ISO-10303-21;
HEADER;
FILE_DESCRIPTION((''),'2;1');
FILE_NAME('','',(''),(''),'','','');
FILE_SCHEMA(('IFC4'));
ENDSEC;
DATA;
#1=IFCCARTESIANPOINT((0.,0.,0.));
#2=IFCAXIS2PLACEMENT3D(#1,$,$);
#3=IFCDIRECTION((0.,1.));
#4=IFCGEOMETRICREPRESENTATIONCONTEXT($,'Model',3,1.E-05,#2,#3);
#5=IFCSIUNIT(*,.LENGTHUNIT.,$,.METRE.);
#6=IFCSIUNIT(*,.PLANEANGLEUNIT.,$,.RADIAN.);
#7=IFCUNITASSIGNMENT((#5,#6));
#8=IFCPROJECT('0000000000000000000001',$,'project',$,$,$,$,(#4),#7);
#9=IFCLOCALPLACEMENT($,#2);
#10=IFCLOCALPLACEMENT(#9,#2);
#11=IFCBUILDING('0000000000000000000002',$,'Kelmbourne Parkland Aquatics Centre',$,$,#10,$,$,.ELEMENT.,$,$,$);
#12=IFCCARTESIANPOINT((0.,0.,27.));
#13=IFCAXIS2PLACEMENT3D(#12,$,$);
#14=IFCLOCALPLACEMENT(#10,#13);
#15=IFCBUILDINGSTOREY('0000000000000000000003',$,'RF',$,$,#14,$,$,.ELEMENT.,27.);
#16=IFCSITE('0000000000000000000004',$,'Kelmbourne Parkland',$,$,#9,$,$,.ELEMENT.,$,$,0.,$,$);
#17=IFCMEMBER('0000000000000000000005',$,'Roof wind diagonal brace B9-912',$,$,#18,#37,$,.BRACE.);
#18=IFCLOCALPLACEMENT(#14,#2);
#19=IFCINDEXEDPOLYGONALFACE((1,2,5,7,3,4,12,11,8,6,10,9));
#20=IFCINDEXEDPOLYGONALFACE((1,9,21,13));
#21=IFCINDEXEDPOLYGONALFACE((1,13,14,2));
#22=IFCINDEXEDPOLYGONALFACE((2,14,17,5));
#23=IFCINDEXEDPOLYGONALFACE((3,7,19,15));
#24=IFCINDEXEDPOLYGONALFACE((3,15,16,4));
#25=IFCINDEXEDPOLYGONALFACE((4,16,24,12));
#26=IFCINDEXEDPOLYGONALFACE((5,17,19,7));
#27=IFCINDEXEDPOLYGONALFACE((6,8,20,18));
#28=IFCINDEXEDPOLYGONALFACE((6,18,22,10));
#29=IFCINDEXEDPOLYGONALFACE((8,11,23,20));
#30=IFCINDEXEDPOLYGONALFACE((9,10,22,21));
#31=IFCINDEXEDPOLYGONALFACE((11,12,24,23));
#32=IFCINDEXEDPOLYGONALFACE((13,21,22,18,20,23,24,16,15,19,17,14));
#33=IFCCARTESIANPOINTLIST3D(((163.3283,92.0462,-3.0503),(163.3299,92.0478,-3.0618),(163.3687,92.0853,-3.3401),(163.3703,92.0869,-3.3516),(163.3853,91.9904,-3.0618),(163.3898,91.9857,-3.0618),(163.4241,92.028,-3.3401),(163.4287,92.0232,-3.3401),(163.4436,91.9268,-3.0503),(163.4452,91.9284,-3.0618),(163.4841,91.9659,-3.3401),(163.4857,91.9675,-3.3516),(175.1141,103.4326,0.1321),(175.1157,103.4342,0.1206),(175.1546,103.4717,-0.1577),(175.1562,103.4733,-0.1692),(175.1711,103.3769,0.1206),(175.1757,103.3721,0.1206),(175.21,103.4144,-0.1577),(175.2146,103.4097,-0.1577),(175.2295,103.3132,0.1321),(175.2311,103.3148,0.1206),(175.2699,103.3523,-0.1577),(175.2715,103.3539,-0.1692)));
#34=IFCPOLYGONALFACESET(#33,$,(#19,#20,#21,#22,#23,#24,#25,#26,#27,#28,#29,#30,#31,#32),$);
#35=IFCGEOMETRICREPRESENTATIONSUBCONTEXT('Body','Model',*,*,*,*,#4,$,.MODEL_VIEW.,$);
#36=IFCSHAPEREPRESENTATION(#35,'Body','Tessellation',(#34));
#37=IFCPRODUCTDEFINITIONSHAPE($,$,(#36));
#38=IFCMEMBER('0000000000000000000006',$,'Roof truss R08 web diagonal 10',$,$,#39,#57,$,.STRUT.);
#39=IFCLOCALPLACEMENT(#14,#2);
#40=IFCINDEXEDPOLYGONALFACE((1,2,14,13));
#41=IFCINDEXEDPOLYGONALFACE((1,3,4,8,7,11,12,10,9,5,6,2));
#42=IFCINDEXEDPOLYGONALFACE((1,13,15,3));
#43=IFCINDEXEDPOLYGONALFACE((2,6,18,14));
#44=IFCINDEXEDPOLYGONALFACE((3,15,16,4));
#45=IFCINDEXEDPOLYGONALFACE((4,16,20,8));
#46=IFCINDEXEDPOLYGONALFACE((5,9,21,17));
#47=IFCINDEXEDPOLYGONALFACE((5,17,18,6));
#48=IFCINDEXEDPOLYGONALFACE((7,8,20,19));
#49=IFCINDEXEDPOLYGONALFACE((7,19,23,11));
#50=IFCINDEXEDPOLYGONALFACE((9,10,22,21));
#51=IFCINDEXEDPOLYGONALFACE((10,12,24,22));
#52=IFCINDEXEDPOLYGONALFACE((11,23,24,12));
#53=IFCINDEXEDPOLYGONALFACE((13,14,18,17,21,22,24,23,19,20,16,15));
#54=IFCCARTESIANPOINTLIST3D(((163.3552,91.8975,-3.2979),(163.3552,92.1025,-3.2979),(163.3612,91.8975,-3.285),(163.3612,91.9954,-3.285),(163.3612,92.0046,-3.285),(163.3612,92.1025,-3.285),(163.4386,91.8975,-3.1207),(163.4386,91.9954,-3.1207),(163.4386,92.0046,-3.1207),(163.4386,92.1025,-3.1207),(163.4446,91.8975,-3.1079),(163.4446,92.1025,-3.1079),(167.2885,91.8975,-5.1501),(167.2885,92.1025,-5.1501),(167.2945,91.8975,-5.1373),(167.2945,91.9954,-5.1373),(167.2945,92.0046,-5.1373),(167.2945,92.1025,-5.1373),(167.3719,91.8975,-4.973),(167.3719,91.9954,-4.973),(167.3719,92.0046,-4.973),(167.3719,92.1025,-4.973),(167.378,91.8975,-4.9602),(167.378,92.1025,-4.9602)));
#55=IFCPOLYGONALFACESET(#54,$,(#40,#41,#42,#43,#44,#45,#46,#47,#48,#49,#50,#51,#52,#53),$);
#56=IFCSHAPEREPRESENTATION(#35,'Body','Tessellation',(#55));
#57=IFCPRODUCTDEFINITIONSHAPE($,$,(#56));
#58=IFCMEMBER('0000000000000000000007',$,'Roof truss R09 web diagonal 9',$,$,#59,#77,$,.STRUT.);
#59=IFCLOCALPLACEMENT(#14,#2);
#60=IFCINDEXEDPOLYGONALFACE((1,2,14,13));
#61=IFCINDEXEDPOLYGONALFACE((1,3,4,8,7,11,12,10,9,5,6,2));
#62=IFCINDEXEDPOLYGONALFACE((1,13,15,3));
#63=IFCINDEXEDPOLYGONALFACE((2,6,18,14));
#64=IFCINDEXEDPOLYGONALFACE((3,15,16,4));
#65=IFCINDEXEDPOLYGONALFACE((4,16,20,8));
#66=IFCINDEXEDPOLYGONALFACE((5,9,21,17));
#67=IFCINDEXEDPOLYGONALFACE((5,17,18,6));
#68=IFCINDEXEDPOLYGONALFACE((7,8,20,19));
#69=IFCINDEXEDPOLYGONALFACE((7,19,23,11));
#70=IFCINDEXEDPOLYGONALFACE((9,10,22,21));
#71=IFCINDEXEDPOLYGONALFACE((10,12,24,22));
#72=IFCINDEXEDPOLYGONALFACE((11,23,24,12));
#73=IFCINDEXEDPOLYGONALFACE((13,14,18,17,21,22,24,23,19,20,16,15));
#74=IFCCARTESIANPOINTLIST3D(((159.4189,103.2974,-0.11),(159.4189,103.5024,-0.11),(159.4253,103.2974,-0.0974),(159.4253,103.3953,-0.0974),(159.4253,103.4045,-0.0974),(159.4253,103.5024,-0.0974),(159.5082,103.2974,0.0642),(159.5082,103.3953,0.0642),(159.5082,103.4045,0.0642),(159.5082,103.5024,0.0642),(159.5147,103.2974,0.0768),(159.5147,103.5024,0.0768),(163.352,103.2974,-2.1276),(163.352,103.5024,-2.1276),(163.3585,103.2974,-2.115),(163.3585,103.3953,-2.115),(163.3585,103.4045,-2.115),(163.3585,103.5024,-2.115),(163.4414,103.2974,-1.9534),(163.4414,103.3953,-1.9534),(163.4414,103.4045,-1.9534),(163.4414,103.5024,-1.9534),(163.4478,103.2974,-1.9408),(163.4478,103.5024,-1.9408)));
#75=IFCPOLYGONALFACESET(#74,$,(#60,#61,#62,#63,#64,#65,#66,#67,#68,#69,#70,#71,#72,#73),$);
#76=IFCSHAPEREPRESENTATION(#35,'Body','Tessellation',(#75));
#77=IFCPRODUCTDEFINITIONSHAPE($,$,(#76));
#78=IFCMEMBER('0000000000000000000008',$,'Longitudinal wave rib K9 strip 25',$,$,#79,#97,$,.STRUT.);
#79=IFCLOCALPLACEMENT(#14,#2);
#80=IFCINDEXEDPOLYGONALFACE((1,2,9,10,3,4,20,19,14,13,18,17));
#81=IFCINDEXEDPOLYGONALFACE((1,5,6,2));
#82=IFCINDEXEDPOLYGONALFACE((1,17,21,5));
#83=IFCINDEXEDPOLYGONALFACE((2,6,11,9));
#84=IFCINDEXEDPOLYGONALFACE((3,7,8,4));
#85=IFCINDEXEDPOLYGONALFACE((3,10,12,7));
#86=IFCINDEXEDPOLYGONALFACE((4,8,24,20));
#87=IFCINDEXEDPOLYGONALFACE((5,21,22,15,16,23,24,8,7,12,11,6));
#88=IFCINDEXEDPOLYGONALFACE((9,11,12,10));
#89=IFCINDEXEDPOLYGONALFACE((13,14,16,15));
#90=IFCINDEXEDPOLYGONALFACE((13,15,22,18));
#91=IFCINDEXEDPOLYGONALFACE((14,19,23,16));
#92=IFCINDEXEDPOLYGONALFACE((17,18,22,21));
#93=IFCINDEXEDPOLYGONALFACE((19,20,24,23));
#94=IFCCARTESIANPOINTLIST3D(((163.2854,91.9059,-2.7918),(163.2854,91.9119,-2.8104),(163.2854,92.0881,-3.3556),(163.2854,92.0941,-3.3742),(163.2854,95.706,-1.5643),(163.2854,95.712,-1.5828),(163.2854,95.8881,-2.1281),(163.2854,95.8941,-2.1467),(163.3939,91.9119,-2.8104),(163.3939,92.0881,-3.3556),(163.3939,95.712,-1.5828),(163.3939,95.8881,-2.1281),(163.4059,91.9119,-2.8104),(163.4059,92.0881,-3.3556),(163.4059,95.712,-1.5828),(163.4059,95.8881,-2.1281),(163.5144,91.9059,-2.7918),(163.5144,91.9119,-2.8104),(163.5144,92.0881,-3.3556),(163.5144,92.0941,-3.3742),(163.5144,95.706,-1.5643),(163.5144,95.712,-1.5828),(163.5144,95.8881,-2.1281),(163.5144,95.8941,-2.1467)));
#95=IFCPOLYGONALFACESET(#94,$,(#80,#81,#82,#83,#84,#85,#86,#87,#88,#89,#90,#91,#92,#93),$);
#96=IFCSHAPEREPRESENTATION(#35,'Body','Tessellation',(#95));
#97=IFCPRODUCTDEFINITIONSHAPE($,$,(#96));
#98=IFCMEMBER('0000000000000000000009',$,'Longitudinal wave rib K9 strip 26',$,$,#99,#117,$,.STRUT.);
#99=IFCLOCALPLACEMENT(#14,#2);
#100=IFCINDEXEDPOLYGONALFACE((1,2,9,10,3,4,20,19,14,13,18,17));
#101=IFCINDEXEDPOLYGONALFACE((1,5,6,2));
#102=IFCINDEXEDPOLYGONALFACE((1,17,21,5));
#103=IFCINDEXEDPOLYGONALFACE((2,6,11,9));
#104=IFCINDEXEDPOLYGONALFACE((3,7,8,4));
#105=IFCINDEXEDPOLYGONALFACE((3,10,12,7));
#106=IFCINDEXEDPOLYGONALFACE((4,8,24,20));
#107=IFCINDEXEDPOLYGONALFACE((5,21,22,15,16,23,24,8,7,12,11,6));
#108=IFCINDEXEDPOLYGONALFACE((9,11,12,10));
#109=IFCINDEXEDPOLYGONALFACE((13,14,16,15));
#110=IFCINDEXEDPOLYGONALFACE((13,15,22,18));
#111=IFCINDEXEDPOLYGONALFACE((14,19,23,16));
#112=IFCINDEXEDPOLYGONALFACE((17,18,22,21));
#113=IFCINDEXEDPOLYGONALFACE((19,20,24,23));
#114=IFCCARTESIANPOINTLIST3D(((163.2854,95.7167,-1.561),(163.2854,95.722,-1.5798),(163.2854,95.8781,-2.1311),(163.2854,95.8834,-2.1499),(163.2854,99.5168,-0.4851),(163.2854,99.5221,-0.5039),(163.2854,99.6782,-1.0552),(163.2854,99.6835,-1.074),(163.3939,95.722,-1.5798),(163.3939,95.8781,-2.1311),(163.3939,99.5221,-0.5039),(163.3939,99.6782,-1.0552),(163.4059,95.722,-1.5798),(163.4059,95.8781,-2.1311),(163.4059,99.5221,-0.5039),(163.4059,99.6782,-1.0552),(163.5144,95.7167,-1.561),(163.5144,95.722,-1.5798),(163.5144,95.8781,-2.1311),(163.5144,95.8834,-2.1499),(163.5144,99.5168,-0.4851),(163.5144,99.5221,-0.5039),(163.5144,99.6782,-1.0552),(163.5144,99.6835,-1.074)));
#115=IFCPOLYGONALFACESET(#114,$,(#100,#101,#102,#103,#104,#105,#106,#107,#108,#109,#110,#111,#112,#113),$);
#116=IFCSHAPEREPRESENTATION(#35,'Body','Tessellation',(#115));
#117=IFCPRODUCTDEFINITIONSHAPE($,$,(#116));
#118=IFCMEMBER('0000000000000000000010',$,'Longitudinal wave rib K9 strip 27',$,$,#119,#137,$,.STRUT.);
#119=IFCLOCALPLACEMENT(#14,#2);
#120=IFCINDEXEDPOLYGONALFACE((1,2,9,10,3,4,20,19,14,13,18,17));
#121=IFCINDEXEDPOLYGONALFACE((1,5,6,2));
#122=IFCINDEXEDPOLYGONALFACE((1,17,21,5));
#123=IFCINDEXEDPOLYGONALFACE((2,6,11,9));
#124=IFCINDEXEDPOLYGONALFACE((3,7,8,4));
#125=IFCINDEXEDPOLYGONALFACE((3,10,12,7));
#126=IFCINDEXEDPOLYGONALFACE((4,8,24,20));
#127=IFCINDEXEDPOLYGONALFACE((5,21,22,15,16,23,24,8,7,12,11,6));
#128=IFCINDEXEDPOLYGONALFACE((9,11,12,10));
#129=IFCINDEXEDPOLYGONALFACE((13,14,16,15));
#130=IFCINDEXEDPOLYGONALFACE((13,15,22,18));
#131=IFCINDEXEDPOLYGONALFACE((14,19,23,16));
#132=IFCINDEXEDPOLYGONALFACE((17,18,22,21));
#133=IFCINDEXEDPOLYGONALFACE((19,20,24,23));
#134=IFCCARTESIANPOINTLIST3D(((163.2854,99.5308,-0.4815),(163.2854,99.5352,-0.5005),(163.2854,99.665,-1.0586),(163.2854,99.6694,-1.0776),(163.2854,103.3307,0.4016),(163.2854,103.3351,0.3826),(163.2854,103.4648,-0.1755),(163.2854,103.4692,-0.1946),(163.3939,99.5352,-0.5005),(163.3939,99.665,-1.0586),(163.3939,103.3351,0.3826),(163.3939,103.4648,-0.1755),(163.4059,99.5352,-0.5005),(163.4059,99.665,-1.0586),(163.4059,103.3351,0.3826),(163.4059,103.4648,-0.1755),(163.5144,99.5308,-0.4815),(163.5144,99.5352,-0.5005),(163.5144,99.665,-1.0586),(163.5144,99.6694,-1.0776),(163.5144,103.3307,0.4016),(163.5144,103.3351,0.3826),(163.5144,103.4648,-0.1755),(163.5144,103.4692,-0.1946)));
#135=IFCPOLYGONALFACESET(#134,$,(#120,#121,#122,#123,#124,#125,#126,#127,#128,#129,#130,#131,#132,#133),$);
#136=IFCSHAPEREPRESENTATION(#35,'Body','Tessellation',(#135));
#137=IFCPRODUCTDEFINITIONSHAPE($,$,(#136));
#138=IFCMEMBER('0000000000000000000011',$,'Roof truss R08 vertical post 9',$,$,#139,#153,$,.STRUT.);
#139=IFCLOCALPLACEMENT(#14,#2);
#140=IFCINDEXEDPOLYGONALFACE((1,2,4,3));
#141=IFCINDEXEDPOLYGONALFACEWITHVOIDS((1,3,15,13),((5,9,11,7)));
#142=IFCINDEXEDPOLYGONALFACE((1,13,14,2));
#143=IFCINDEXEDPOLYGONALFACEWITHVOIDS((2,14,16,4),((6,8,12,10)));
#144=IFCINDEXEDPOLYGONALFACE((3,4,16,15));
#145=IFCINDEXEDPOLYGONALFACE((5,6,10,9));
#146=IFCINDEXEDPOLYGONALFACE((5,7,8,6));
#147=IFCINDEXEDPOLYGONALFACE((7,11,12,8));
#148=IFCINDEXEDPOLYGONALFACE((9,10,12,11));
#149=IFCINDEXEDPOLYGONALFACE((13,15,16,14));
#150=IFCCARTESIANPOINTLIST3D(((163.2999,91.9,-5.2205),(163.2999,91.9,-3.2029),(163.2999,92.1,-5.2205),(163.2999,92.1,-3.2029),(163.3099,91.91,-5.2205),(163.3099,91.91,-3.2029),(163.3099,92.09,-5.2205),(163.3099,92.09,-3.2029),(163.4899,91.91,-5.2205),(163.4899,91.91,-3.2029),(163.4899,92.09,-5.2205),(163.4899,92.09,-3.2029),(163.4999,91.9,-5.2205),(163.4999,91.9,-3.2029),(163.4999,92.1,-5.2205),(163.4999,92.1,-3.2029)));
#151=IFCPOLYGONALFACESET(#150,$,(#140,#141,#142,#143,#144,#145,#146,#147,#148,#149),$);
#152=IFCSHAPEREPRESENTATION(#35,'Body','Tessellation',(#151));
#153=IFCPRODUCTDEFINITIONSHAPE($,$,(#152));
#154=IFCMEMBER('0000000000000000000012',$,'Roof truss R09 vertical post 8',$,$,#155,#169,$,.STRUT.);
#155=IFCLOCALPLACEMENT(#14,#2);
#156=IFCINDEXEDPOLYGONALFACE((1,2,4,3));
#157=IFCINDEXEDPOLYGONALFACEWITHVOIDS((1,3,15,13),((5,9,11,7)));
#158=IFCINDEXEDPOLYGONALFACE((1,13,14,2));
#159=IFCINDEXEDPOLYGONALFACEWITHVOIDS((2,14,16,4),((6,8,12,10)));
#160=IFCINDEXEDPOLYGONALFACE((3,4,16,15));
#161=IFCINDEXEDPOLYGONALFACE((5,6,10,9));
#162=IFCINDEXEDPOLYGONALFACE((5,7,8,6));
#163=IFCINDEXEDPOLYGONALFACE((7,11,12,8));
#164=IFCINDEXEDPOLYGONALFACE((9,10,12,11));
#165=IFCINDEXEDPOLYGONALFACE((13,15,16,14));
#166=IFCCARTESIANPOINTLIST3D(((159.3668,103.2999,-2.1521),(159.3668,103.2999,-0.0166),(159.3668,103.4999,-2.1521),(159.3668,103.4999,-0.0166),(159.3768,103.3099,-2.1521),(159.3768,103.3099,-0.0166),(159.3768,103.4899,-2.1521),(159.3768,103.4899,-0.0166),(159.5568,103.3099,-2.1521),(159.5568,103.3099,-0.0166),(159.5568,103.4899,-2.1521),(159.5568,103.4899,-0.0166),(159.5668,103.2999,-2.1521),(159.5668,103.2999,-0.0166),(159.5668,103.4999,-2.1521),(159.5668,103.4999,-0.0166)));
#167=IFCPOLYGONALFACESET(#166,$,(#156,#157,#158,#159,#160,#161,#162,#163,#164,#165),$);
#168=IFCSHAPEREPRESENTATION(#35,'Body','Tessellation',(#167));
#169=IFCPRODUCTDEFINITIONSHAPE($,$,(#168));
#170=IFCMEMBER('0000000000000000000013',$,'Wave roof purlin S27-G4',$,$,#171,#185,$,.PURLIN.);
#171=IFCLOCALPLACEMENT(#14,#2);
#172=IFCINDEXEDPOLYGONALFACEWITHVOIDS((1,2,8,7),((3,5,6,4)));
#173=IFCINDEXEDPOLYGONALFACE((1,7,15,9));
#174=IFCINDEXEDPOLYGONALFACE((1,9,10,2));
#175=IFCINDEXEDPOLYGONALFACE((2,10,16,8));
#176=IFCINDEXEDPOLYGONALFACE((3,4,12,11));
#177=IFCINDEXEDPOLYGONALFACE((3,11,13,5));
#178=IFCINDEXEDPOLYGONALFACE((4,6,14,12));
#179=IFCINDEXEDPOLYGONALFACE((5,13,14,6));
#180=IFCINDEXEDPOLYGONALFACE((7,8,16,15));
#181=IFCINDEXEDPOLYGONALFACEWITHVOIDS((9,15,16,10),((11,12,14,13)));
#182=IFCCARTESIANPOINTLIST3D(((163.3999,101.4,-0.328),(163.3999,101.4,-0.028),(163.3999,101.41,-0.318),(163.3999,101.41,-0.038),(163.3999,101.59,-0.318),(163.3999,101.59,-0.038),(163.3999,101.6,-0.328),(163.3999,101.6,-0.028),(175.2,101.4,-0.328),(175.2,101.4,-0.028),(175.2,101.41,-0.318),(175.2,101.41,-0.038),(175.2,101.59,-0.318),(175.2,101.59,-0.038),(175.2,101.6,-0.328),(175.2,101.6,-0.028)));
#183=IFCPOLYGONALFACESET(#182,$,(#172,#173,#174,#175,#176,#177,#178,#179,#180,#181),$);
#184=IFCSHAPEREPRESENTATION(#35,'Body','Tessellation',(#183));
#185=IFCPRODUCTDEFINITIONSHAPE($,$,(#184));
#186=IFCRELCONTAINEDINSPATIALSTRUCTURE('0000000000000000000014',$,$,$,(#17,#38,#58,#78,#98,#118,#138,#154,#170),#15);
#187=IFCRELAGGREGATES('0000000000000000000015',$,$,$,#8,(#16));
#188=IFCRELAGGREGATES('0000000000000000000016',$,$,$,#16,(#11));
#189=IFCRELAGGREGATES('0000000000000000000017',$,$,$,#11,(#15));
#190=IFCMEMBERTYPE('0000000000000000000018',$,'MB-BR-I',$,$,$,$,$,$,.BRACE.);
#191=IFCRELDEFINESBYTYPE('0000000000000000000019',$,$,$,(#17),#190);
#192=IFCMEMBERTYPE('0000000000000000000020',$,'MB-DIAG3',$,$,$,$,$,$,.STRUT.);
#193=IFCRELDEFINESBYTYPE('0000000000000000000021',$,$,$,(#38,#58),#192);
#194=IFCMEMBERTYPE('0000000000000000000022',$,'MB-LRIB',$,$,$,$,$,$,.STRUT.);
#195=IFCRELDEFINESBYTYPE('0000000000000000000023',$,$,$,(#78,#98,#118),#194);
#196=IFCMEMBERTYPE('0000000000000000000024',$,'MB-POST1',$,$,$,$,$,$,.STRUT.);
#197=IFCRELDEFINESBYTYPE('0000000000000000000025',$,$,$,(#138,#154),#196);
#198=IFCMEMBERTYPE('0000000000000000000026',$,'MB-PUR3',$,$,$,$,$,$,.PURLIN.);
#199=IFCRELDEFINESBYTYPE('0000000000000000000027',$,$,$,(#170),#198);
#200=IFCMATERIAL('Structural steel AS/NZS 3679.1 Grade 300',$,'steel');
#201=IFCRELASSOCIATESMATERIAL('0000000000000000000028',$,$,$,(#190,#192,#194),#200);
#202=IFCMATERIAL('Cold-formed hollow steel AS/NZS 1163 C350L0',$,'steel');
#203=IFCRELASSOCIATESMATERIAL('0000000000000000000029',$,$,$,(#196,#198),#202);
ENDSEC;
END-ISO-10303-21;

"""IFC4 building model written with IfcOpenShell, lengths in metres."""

from ifc_helpers import new_model, si_unit, direction, frame, origin, origin_2d, place, context, subcontext, project, spatial, hollow_rectangle, i_section, extrude, material, material_profile, profile_set, type_object, element, save


model = new_model("IFC4")

# Units and contexts
model_context = context("Model", 3, precision=1e-05, world=origin(), true_north=direction((0.0, 1.0)))
body_context = subcontext(model_context, "Body", "Model", "MODEL_VIEW")
ifc_project = project(units=[si_unit("LENGTHUNIT", "METRE"), si_unit("PLANEANGLEUNIT", "RADIAN")], contexts=[model_context])

# Site, building, storey
site_placement = place(None, origin())
site = spatial("IfcSite", under=ifc_project, at=site_placement, Name="Kelmbourne Parkland", CompositionType="ELEMENT", RefElevation=0.0)
building_placement = place(site_placement, origin())
building = spatial("IfcBuilding", under=site, at=building_placement, Name="Kelmbourne Parkland Aquatics Centre", CompositionType="ELEMENT")
storey_placement = place(building_placement, frame((0.0, 0.0, 27.0)))
storey = spatial("IfcBuildingStorey", under=building, at=storey_placement, Name="RF", CompositionType="ELEMENT", Elevation=27.0)

# Members
ifc_material_1 = material(Name="Structural steel AS/NZS 3679.1 Grade 300", Category="steel")
ifc_material_profile_1 = material_profile(ifc_material_1, i_section(OverallWidth=0.166, OverallDepth=0.3069, WebThickness=0.0066, FlangeThickness=0.0117, at=origin_2d()), Name="310UB46.2")
ifc_profile_set_1 = profile_set([ifc_material_profile_1], Name="Structural steel AS/NZS 3679.1 Grade 300")
member_type_1 = type_object("IfcMemberType", Name="MB-BR-I", PredefinedType="BRACE", material=ifc_profile_set_1)
member_1_placement = place(storey_placement, frame((163.407, 92.0068, -3.2009), z_axis=(0.705999, 0.682074, 0.190631), x_axis=(-0.694815, 0.719188, 0.0)))
element("IfcMember", 1, at=member_1_placement, inside=storey, type_object=member_type_1, Name="Roof wind diagonal brace B9-912", PredefinedType="BRACE", context=body_context, shape_type="SweptSolid", body=[
    extrude(i_section(OverallWidth=0.166, OverallDepth=0.3069, WebThickness=0.0066, FlangeThickness=0.0117, at=origin_2d()), origin(), (0.0, 0.0, 1.0), 16.6938),
])
ifc_material_profile_2 = material_profile(ifc_material_1, i_section(OverallWidth=0.2051, OverallDepth=0.21, WebThickness=0.0093, FlangeThickness=0.0142, at=origin_2d()), Name="200UC59.5")
ifc_profile_set_2 = profile_set([ifc_material_profile_2], Name="Structural steel AS/NZS 3679.1 Grade 300")
member_type_2 = type_object("IfcMemberType", Name="MB-DIAG3", PredefinedType="STRUT", material=ifc_profile_set_2)
member_2_placement = place(storey_placement, frame((163.3999, 92.0, -3.2029), z_axis=(0.904703, 0.0, -0.426043), x_axis=(0.0, 1.0, 0.0)))
element("IfcMember", 2, at=member_2_placement, inside=storey, type_object=member_type_2, Name="Roof truss R08 web diagonal 10", PredefinedType="STRUT", context=body_context, shape_type="SweptSolid", body=[
    extrude(i_section(OverallWidth=0.2051, OverallDepth=0.21, WebThickness=0.0093, FlangeThickness=0.0142, at=origin_2d()), origin(), (0.0, 0.0, 1.0), 4.3477),
])
member_3_placement = place(storey_placement, frame((159.4668, 103.3999, -0.0166), z_axis=(0.889762, 0.0, -0.456424), x_axis=(0.0, 1.0, 0.0)))
element("IfcMember", 3, at=member_3_placement, inside=storey, type_object=member_type_2, Name="Roof truss R09 web diagonal 9", PredefinedType="STRUT", context=body_context, shape_type="SweptSolid", body=[
    extrude(i_section(OverallWidth=0.2051, OverallDepth=0.21, WebThickness=0.0093, FlangeThickness=0.0142, at=origin_2d()), origin(), (0.0, 0.0, 1.0), 4.4204),
])
ifc_material_profile_3 = material_profile(ifc_material_1, i_section(OverallWidth=0.229, OverallDepth=0.6121, WebThickness=0.012, FlangeThickness=0.0195, at=origin_2d()), Name="610UB125")
ifc_profile_set_3 = profile_set([ifc_material_profile_3], Name="Structural steel AS/NZS 3679.1 Grade 300")
member_type_3 = type_object("IfcMemberType", Name="MB-LRIB", PredefinedType="STRUT", material=ifc_profile_set_3)
member_4_placement = place(storey_placement, frame((163.3999, 92.0, -3.083), z_axis=(0.0, 0.951583, 0.307392), x_axis=(-1.0, 0.0, 0.0)))
element("IfcMember", 4, at=member_4_placement, inside=storey, type_object=member_type_3, Name="Longitudinal wave rib K9 strip 25", PredefinedType="STRUT", context=body_context, shape_type="SweptSolid", body=[
    extrude(i_section(OverallWidth=0.229, OverallDepth=0.6121, WebThickness=0.012, FlangeThickness=0.0195, at=origin_2d()), origin(), (0.0, 0.0, 1.0), 3.9934),
])
member_5_placement = place(storey_placement, frame((163.3999, 95.8, -1.8555), z_axis=(0.0, 0.962177, 0.272426), x_axis=(-1.0, 0.0, 0.0)))
element("IfcMember", 5, at=member_5_placement, inside=storey, type_object=member_type_3, Name="Longitudinal wave rib K9 strip 26", PredefinedType="STRUT", context=body_context, shape_type="SweptSolid", body=[
    extrude(i_section(OverallWidth=0.229, OverallDepth=0.6121, WebThickness=0.012, FlangeThickness=0.0195, at=origin_2d()), origin(), (0.0, 0.0, 1.0), 3.9495),
])
member_6_placement = place(storey_placement, frame((163.3999, 99.6001, -0.7795), z_axis=(0.0, 0.974043, 0.226363), x_axis=(-1.0, 0.0, 0.0)))
element("IfcMember", 6, at=member_6_placement, inside=storey, type_object=member_type_3, Name="Longitudinal wave rib K9 strip 27", PredefinedType="STRUT", context=body_context, shape_type="SweptSolid", body=[
    extrude(i_section(OverallWidth=0.229, OverallDepth=0.6121, WebThickness=0.012, FlangeThickness=0.0195, at=origin_2d()), origin(), (0.0, 0.0, 1.0), 3.9011),
])
ifc_material_2 = material(Name="Cold-formed hollow steel AS/NZS 1163 C350L0", Category="steel")
ifc_material_profile_4 = material_profile(ifc_material_2, hollow_rectangle(XDim=0.2, YDim=0.2, WallThickness=0.01, at=origin_2d()), Name="SHS 200x200x10.0")
ifc_profile_set_4 = profile_set([ifc_material_profile_4], Name="Cold-formed hollow steel AS/NZS 1163 C350L0")
member_type_4 = type_object("IfcMemberType", Name="MB-POST1", PredefinedType="STRUT", material=ifc_profile_set_4)
member_7_placement = place(storey_placement, frame((163.3999, 92.0, -5.2205), z_axis=(0.0, 0.0, 1.0), x_axis=(1.0, 0.0, 0.0)))
element("IfcMember", 7, at=member_7_placement, inside=storey, type_object=member_type_4, Name="Roof truss R08 vertical post 9", PredefinedType="STRUT", context=body_context, shape_type="SweptSolid", body=[
    extrude(hollow_rectangle(XDim=0.2, YDim=0.2, WallThickness=0.01, at=origin_2d()), origin(), (0.0, 0.0, 1.0), 2.0176),
])
member_8_placement = place(storey_placement, frame((159.4668, 103.3999, -2.1521), z_axis=(0.0, 0.0, 1.0), x_axis=(1.0, 0.0, 0.0)))
element("IfcMember", 8, at=member_8_placement, inside=storey, type_object=member_type_4, Name="Roof truss R09 vertical post 8", PredefinedType="STRUT", context=body_context, shape_type="SweptSolid", body=[
    extrude(hollow_rectangle(XDim=0.2, YDim=0.2, WallThickness=0.01, at=origin_2d()), origin(), (0.0, 0.0, 1.0), 2.1355),
])
ifc_material_profile_5 = material_profile(ifc_material_2, hollow_rectangle(XDim=0.2, YDim=0.3, WallThickness=0.01, at=origin_2d()), Name="RHS 300x200x10.0")
ifc_profile_set_5 = profile_set([ifc_material_profile_5], Name="Cold-formed hollow steel AS/NZS 1163 C350L0")
member_type_5 = type_object("IfcMemberType", Name="MB-PUR3", PredefinedType="PURLIN", material=ifc_profile_set_5)
member_9_placement = place(storey_placement, frame((163.3999, 101.5, -0.178), z_axis=(1.0, 0.0, 0.0), x_axis=(0.0, 1.0, 0.0)))
element("IfcMember", 9, at=member_9_placement, inside=storey, type_object=member_type_5, Name="Wave roof purlin S27-G4", PredefinedType="PURLIN", context=body_context, shape_type="SweptSolid", body=[
    extrude(hollow_rectangle(XDim=0.2, YDim=0.3, WallThickness=0.01, at=origin_2d()), origin(), (0.0, 0.0, 1.0), 11.8),
])

save(model, "model.ifc")
